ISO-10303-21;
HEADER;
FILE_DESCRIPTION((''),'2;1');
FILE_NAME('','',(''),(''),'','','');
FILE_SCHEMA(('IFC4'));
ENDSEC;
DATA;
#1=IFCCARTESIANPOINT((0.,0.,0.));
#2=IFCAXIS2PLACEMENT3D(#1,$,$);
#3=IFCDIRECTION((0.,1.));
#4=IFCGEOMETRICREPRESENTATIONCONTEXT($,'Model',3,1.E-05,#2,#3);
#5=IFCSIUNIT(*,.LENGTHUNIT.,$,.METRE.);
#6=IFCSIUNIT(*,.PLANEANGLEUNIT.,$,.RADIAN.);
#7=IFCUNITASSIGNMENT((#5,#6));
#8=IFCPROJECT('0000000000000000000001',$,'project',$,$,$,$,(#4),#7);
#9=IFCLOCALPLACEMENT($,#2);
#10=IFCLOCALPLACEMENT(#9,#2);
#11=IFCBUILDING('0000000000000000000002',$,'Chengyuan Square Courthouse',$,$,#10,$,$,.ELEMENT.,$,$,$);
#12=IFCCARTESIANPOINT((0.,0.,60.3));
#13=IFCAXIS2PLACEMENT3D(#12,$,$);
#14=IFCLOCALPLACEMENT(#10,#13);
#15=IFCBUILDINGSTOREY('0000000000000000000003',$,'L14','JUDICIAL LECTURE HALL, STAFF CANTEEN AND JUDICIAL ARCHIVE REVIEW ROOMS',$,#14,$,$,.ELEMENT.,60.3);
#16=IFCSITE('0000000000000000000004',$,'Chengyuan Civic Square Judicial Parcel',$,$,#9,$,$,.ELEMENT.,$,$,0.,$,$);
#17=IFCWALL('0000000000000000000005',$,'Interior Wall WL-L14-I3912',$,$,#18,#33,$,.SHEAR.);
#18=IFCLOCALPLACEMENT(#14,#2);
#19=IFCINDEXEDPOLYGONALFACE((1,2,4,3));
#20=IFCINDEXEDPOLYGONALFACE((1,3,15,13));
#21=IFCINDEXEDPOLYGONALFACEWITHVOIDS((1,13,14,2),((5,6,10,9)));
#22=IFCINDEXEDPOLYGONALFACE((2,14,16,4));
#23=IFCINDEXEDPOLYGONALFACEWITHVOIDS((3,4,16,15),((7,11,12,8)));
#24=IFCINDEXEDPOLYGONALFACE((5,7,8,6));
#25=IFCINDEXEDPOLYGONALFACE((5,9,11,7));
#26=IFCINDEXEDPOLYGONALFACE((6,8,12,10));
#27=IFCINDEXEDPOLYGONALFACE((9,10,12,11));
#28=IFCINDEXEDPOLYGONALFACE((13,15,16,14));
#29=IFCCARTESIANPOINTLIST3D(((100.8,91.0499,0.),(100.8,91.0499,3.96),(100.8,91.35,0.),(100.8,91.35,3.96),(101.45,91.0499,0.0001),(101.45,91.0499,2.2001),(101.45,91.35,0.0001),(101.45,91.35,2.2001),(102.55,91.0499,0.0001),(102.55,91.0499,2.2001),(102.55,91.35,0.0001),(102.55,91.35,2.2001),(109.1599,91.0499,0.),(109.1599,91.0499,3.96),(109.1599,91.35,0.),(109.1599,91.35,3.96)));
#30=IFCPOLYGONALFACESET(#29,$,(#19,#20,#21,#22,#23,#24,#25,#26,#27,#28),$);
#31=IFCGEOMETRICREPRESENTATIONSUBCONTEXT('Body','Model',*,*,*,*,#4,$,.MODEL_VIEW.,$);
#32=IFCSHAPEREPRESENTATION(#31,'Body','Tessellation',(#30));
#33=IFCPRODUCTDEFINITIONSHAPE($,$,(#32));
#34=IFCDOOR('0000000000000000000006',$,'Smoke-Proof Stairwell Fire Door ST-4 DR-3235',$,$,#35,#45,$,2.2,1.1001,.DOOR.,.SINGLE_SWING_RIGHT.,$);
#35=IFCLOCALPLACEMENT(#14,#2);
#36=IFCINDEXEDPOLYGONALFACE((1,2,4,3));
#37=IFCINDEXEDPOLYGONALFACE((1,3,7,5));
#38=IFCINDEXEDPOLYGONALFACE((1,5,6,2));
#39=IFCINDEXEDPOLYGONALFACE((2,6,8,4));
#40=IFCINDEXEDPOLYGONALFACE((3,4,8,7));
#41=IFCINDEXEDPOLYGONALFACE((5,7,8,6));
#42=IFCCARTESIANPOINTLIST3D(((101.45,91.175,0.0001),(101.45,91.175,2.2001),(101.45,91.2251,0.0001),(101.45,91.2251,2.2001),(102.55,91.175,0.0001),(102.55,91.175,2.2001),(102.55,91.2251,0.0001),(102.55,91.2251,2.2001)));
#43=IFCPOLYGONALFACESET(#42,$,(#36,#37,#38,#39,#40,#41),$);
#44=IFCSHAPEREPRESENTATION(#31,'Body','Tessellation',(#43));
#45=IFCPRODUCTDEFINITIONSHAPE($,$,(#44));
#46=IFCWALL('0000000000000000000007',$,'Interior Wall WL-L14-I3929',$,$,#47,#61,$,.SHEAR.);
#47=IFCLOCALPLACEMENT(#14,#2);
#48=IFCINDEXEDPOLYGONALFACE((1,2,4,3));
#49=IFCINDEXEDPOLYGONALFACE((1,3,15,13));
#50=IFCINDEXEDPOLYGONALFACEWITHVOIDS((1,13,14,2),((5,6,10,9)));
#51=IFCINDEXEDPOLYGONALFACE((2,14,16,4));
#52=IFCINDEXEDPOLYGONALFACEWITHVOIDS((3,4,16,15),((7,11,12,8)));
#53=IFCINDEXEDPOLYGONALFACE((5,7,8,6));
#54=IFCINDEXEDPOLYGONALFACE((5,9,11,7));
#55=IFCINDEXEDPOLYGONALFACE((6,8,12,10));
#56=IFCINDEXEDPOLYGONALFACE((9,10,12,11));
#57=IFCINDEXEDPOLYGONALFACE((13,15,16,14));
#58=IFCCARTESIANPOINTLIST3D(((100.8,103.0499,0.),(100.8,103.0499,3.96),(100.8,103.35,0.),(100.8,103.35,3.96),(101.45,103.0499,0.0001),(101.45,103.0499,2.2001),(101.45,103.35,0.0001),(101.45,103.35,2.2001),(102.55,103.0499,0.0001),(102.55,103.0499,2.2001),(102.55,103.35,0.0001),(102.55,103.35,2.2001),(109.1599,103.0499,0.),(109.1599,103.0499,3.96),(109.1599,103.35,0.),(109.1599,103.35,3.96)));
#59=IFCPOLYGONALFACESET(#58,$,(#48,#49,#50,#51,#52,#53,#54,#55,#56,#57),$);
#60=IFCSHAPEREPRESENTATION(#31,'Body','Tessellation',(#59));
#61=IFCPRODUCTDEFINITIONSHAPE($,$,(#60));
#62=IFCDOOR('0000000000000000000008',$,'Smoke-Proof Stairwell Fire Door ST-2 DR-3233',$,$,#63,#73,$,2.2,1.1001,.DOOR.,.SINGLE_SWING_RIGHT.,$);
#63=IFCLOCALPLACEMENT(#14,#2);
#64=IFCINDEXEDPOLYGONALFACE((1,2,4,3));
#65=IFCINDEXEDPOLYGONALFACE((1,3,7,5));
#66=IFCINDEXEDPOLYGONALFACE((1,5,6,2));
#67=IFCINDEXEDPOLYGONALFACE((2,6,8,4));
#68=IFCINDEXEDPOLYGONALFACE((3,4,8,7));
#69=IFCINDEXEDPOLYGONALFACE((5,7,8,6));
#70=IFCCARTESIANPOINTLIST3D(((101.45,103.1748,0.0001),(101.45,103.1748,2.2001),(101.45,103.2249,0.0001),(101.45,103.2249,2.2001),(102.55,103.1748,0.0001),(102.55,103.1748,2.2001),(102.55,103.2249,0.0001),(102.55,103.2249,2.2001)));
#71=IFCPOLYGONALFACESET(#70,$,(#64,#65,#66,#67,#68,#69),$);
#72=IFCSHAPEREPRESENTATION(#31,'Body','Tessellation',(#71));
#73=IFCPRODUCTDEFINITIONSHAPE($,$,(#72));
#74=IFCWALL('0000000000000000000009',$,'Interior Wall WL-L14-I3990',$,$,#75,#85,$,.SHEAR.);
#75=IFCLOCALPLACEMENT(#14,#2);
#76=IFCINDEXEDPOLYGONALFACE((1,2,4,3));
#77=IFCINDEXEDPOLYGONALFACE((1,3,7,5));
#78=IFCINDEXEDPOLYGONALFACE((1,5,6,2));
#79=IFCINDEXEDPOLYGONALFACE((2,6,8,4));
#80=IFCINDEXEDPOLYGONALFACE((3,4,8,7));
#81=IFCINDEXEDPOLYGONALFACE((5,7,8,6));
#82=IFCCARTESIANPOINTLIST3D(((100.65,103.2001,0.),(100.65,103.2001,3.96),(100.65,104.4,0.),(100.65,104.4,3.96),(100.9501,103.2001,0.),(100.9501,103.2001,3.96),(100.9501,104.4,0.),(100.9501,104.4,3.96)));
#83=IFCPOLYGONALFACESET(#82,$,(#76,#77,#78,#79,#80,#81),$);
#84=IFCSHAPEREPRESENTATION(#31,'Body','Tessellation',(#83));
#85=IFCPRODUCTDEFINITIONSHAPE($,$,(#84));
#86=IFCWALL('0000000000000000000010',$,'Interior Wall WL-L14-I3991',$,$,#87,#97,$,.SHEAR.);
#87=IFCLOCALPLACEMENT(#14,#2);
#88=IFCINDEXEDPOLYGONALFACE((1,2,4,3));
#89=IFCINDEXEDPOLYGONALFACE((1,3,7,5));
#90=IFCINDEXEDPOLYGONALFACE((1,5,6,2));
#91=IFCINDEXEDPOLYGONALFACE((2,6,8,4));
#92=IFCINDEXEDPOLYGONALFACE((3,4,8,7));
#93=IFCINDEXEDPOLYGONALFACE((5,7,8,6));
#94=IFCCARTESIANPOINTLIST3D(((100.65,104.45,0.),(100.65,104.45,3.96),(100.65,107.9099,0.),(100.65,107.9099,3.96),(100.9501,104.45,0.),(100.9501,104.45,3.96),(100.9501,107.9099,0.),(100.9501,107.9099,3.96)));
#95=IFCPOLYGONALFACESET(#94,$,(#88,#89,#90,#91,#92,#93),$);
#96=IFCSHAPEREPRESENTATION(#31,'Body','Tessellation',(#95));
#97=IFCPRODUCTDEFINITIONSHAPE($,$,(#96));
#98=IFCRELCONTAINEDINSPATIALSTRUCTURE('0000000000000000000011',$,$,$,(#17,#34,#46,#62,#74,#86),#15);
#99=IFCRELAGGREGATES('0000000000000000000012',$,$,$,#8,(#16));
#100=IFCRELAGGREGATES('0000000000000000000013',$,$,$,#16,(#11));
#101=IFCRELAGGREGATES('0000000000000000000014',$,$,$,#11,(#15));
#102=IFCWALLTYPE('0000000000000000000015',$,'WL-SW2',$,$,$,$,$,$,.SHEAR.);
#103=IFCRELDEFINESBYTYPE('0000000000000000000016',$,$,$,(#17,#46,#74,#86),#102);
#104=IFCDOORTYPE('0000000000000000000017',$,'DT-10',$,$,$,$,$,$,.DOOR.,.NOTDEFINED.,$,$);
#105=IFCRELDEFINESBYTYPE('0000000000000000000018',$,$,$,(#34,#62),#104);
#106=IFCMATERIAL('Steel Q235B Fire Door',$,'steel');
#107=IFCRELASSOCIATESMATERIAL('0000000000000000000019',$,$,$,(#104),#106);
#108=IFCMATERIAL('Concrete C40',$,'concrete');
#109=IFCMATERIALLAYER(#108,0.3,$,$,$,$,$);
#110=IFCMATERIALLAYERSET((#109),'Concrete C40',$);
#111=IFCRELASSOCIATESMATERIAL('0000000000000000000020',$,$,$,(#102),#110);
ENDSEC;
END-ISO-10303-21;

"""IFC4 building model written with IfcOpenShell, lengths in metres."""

from ifc_helpers import new_model, si_unit, direction, frame, frame_2d, origin, place, context, subcontext, project, spatial, rectangle, extrude, material, layer, layer_set, type_object, element, fill, save


model = new_model("IFC4")

# Units and contexts
model_context = context("Model", 3, precision=1e-05, world=origin(), true_north=direction((0.0, 1.0)))
body_context = subcontext(model_context, "Body", "Model", "MODEL_VIEW")
ifc_project = project(units=[si_unit("LENGTHUNIT", "METRE"), si_unit("PLANEANGLEUNIT", "RADIAN")], contexts=[model_context])

# Site, building, storey
site_placement = place(None, origin())
site = spatial("IfcSite", under=ifc_project, at=site_placement, Name="Chengyuan Civic Square Judicial Parcel", CompositionType="ELEMENT", RefElevation=0.0)
building_placement = place(site_placement, origin())
building = spatial("IfcBuilding", under=site, at=building_placement, Name="Chengyuan Square Courthouse", CompositionType="ELEMENT")
storey_placement = place(building_placement, frame((0.0, 0.0, 60.3)))
storey = spatial("IfcBuildingStorey", under=building, at=storey_placement, Name="L14", Description="JUDICIAL LECTURE HALL, STAFF CANTEEN AND JUDICIAL ARCHIVE REVIEW ROOMS", CompositionType="ELEMENT", Elevation=60.3)

# Shared definitions
ifc_material_1 = material(Name="Concrete C40", Category="concrete")

# Shared definitions
ifc_material_2 = material(Name="Steel Q235B Fire Door", Category="steel")
door_type_1 = type_object("IfcDoorType", Name="DT-10", OperationType="NOTDEFINED", PredefinedType="DOOR", material=ifc_material_2)

# Walls, openings, doors
ifc_layer_1 = layer(ifc_material_1, 0.3)
ifc_layer_set_1 = layer_set([ifc_layer_1], Name="Concrete C40")
wall_type_1 = type_object("IfcWallType", Name="WL-SW2", PredefinedType="SHEAR", material=ifc_layer_set_1)
wall_1_placement = place(storey_placement, frame((100.8, 91.2, 0.0), z_axis=(0.0, 0.0, 1.0), x_axis=(1.0, 0.0, 0.0)))
wall_1 = element("IfcWall", 1, at=wall_1_placement, inside=storey, type_object=wall_type_1, Name="Interior Wall WL-L14-I3912", PredefinedType="SHEAR", context=body_context, shape_type="SweptSolid", body=[
    extrude(rectangle(XDim=8.3599, YDim=0.3, at=frame_2d((4.1799, 0.0))), origin(), (0.0, 0.0, 1.0), 3.96),
])
opening_1_placement = place(wall_1_placement, frame((0.6499, 0.0, 0.0)))
opening_1 = element("IfcOpeningElement", 2, at=opening_1_placement, cuts=wall_1, PredefinedType="OPENING", context=body_context, shape_type="SweptSolid", body=[
    extrude(rectangle(XDim=1.1001, YDim=2.2, at=frame_2d((0.55, 1.1001))), frame((0.0, 0.1621, 0.0), z_axis=(0.0, -1.0, 0.0), x_axis=(1.0, 0.0, 0.0)), (0.0, 0.0, 1.0), 0.324),
])
door_1_placement = place(opening_1_placement, frame((1.1001, 0.0, 0.0), z_axis=(0.0, 0.0, 1.0), x_axis=(-1.0, 0.0, 0.0)))
door_1 = element("IfcDoor", 3, at=door_1_placement, inside=storey, type_object=door_type_1, Name="Smoke-Proof Stairwell Fire Door ST-4 DR-3235", OperationType="SINGLE_SWING_RIGHT", OverallHeight=2.2, OverallWidth=1.1001, PredefinedType="DOOR", context=body_context, shape_type="SweptSolid", body=[
    extrude(rectangle(XDim=1.1001, YDim=2.2, at=frame_2d((0.55, 1.1001))), frame((0.0, 0.0249, 0.0), z_axis=(0.0, -1.0, 0.0), x_axis=(1.0, 0.0, 0.0)), (0.0, 0.0, 1.0), 0.05),
])
fill(opening_1, door_1)
wall_2_placement = place(storey_placement, frame((100.8, 103.2, 0.0), z_axis=(0.0, 0.0, 1.0), x_axis=(1.0, 0.0, 0.0)))
wall_2 = element("IfcWall", 4, at=wall_2_placement, inside=storey, type_object=wall_type_1, Name="Interior Wall WL-L14-I3929", PredefinedType="SHEAR", context=body_context, shape_type="SweptSolid", body=[
    extrude(rectangle(XDim=8.3599, YDim=0.3, at=frame_2d((4.1799, 0.0))), origin(), (0.0, 0.0, 1.0), 3.96),
])
opening_2_placement = place(wall_2_placement, frame((0.6499, 0.0, 0.0)))
opening_2 = element("IfcOpeningElement", 5, at=opening_2_placement, cuts=wall_2, PredefinedType="OPENING", context=body_context, shape_type="SweptSolid", body=[
    extrude(rectangle(XDim=1.1001, YDim=2.2, at=frame_2d((0.55, 1.1001))), frame((0.0, 0.1621, 0.0), z_axis=(0.0, -1.0, 0.0), x_axis=(1.0, 0.0, 0.0)), (0.0, 0.0, 1.0), 0.324),
])
door_2_placement = place(opening_2_placement, origin())
door_2 = element("IfcDoor", 6, at=door_2_placement, inside=storey, type_object=door_type_1, Name="Smoke-Proof Stairwell Fire Door ST-2 DR-3233", OperationType="SINGLE_SWING_RIGHT", OverallHeight=2.2, OverallWidth=1.1001, PredefinedType="DOOR", context=body_context, shape_type="SweptSolid", body=[
    extrude(rectangle(XDim=1.1001, YDim=2.2, at=frame_2d((0.55, 1.1001))), frame((0.0, 0.0249, 0.0), z_axis=(0.0, -1.0, 0.0), x_axis=(1.0, 0.0, 0.0)), (0.0, 0.0, 1.0), 0.05),
])
fill(opening_2, door_2)

# Walls
wall_3_placement = place(storey_placement, frame((100.8, 103.2, 0.0), z_axis=(0.0, 0.0, 1.0), x_axis=(0.0, 1.0, 0.0)))
element("IfcWall", 7, at=wall_3_placement, inside=storey, type_object=wall_type_1, Name="Interior Wall WL-L14-I3990", PredefinedType="SHEAR", context=body_context, shape_type="SweptSolid", body=[
    extrude(rectangle(XDim=1.2, YDim=0.3, at=frame_2d((0.6001, 0.0))), origin(), (0.0, 0.0, 1.0), 3.96),
])
wall_4_placement = place(storey_placement, frame((100.8, 104.45, 0.0), z_axis=(0.0, 0.0, 1.0), x_axis=(0.0, 1.0, 0.0)))
element("IfcWall", 8, at=wall_4_placement, inside=storey, type_object=wall_type_1, Name="Interior Wall WL-L14-I3991", PredefinedType="SHEAR", context=body_context, shape_type="SweptSolid", body=[
    extrude(rectangle(XDim=3.46, YDim=0.3, at=frame_2d((1.73, 0.0))), origin(), (0.0, 0.0, 1.0), 3.96),
])

save(model, "model.ifc")
